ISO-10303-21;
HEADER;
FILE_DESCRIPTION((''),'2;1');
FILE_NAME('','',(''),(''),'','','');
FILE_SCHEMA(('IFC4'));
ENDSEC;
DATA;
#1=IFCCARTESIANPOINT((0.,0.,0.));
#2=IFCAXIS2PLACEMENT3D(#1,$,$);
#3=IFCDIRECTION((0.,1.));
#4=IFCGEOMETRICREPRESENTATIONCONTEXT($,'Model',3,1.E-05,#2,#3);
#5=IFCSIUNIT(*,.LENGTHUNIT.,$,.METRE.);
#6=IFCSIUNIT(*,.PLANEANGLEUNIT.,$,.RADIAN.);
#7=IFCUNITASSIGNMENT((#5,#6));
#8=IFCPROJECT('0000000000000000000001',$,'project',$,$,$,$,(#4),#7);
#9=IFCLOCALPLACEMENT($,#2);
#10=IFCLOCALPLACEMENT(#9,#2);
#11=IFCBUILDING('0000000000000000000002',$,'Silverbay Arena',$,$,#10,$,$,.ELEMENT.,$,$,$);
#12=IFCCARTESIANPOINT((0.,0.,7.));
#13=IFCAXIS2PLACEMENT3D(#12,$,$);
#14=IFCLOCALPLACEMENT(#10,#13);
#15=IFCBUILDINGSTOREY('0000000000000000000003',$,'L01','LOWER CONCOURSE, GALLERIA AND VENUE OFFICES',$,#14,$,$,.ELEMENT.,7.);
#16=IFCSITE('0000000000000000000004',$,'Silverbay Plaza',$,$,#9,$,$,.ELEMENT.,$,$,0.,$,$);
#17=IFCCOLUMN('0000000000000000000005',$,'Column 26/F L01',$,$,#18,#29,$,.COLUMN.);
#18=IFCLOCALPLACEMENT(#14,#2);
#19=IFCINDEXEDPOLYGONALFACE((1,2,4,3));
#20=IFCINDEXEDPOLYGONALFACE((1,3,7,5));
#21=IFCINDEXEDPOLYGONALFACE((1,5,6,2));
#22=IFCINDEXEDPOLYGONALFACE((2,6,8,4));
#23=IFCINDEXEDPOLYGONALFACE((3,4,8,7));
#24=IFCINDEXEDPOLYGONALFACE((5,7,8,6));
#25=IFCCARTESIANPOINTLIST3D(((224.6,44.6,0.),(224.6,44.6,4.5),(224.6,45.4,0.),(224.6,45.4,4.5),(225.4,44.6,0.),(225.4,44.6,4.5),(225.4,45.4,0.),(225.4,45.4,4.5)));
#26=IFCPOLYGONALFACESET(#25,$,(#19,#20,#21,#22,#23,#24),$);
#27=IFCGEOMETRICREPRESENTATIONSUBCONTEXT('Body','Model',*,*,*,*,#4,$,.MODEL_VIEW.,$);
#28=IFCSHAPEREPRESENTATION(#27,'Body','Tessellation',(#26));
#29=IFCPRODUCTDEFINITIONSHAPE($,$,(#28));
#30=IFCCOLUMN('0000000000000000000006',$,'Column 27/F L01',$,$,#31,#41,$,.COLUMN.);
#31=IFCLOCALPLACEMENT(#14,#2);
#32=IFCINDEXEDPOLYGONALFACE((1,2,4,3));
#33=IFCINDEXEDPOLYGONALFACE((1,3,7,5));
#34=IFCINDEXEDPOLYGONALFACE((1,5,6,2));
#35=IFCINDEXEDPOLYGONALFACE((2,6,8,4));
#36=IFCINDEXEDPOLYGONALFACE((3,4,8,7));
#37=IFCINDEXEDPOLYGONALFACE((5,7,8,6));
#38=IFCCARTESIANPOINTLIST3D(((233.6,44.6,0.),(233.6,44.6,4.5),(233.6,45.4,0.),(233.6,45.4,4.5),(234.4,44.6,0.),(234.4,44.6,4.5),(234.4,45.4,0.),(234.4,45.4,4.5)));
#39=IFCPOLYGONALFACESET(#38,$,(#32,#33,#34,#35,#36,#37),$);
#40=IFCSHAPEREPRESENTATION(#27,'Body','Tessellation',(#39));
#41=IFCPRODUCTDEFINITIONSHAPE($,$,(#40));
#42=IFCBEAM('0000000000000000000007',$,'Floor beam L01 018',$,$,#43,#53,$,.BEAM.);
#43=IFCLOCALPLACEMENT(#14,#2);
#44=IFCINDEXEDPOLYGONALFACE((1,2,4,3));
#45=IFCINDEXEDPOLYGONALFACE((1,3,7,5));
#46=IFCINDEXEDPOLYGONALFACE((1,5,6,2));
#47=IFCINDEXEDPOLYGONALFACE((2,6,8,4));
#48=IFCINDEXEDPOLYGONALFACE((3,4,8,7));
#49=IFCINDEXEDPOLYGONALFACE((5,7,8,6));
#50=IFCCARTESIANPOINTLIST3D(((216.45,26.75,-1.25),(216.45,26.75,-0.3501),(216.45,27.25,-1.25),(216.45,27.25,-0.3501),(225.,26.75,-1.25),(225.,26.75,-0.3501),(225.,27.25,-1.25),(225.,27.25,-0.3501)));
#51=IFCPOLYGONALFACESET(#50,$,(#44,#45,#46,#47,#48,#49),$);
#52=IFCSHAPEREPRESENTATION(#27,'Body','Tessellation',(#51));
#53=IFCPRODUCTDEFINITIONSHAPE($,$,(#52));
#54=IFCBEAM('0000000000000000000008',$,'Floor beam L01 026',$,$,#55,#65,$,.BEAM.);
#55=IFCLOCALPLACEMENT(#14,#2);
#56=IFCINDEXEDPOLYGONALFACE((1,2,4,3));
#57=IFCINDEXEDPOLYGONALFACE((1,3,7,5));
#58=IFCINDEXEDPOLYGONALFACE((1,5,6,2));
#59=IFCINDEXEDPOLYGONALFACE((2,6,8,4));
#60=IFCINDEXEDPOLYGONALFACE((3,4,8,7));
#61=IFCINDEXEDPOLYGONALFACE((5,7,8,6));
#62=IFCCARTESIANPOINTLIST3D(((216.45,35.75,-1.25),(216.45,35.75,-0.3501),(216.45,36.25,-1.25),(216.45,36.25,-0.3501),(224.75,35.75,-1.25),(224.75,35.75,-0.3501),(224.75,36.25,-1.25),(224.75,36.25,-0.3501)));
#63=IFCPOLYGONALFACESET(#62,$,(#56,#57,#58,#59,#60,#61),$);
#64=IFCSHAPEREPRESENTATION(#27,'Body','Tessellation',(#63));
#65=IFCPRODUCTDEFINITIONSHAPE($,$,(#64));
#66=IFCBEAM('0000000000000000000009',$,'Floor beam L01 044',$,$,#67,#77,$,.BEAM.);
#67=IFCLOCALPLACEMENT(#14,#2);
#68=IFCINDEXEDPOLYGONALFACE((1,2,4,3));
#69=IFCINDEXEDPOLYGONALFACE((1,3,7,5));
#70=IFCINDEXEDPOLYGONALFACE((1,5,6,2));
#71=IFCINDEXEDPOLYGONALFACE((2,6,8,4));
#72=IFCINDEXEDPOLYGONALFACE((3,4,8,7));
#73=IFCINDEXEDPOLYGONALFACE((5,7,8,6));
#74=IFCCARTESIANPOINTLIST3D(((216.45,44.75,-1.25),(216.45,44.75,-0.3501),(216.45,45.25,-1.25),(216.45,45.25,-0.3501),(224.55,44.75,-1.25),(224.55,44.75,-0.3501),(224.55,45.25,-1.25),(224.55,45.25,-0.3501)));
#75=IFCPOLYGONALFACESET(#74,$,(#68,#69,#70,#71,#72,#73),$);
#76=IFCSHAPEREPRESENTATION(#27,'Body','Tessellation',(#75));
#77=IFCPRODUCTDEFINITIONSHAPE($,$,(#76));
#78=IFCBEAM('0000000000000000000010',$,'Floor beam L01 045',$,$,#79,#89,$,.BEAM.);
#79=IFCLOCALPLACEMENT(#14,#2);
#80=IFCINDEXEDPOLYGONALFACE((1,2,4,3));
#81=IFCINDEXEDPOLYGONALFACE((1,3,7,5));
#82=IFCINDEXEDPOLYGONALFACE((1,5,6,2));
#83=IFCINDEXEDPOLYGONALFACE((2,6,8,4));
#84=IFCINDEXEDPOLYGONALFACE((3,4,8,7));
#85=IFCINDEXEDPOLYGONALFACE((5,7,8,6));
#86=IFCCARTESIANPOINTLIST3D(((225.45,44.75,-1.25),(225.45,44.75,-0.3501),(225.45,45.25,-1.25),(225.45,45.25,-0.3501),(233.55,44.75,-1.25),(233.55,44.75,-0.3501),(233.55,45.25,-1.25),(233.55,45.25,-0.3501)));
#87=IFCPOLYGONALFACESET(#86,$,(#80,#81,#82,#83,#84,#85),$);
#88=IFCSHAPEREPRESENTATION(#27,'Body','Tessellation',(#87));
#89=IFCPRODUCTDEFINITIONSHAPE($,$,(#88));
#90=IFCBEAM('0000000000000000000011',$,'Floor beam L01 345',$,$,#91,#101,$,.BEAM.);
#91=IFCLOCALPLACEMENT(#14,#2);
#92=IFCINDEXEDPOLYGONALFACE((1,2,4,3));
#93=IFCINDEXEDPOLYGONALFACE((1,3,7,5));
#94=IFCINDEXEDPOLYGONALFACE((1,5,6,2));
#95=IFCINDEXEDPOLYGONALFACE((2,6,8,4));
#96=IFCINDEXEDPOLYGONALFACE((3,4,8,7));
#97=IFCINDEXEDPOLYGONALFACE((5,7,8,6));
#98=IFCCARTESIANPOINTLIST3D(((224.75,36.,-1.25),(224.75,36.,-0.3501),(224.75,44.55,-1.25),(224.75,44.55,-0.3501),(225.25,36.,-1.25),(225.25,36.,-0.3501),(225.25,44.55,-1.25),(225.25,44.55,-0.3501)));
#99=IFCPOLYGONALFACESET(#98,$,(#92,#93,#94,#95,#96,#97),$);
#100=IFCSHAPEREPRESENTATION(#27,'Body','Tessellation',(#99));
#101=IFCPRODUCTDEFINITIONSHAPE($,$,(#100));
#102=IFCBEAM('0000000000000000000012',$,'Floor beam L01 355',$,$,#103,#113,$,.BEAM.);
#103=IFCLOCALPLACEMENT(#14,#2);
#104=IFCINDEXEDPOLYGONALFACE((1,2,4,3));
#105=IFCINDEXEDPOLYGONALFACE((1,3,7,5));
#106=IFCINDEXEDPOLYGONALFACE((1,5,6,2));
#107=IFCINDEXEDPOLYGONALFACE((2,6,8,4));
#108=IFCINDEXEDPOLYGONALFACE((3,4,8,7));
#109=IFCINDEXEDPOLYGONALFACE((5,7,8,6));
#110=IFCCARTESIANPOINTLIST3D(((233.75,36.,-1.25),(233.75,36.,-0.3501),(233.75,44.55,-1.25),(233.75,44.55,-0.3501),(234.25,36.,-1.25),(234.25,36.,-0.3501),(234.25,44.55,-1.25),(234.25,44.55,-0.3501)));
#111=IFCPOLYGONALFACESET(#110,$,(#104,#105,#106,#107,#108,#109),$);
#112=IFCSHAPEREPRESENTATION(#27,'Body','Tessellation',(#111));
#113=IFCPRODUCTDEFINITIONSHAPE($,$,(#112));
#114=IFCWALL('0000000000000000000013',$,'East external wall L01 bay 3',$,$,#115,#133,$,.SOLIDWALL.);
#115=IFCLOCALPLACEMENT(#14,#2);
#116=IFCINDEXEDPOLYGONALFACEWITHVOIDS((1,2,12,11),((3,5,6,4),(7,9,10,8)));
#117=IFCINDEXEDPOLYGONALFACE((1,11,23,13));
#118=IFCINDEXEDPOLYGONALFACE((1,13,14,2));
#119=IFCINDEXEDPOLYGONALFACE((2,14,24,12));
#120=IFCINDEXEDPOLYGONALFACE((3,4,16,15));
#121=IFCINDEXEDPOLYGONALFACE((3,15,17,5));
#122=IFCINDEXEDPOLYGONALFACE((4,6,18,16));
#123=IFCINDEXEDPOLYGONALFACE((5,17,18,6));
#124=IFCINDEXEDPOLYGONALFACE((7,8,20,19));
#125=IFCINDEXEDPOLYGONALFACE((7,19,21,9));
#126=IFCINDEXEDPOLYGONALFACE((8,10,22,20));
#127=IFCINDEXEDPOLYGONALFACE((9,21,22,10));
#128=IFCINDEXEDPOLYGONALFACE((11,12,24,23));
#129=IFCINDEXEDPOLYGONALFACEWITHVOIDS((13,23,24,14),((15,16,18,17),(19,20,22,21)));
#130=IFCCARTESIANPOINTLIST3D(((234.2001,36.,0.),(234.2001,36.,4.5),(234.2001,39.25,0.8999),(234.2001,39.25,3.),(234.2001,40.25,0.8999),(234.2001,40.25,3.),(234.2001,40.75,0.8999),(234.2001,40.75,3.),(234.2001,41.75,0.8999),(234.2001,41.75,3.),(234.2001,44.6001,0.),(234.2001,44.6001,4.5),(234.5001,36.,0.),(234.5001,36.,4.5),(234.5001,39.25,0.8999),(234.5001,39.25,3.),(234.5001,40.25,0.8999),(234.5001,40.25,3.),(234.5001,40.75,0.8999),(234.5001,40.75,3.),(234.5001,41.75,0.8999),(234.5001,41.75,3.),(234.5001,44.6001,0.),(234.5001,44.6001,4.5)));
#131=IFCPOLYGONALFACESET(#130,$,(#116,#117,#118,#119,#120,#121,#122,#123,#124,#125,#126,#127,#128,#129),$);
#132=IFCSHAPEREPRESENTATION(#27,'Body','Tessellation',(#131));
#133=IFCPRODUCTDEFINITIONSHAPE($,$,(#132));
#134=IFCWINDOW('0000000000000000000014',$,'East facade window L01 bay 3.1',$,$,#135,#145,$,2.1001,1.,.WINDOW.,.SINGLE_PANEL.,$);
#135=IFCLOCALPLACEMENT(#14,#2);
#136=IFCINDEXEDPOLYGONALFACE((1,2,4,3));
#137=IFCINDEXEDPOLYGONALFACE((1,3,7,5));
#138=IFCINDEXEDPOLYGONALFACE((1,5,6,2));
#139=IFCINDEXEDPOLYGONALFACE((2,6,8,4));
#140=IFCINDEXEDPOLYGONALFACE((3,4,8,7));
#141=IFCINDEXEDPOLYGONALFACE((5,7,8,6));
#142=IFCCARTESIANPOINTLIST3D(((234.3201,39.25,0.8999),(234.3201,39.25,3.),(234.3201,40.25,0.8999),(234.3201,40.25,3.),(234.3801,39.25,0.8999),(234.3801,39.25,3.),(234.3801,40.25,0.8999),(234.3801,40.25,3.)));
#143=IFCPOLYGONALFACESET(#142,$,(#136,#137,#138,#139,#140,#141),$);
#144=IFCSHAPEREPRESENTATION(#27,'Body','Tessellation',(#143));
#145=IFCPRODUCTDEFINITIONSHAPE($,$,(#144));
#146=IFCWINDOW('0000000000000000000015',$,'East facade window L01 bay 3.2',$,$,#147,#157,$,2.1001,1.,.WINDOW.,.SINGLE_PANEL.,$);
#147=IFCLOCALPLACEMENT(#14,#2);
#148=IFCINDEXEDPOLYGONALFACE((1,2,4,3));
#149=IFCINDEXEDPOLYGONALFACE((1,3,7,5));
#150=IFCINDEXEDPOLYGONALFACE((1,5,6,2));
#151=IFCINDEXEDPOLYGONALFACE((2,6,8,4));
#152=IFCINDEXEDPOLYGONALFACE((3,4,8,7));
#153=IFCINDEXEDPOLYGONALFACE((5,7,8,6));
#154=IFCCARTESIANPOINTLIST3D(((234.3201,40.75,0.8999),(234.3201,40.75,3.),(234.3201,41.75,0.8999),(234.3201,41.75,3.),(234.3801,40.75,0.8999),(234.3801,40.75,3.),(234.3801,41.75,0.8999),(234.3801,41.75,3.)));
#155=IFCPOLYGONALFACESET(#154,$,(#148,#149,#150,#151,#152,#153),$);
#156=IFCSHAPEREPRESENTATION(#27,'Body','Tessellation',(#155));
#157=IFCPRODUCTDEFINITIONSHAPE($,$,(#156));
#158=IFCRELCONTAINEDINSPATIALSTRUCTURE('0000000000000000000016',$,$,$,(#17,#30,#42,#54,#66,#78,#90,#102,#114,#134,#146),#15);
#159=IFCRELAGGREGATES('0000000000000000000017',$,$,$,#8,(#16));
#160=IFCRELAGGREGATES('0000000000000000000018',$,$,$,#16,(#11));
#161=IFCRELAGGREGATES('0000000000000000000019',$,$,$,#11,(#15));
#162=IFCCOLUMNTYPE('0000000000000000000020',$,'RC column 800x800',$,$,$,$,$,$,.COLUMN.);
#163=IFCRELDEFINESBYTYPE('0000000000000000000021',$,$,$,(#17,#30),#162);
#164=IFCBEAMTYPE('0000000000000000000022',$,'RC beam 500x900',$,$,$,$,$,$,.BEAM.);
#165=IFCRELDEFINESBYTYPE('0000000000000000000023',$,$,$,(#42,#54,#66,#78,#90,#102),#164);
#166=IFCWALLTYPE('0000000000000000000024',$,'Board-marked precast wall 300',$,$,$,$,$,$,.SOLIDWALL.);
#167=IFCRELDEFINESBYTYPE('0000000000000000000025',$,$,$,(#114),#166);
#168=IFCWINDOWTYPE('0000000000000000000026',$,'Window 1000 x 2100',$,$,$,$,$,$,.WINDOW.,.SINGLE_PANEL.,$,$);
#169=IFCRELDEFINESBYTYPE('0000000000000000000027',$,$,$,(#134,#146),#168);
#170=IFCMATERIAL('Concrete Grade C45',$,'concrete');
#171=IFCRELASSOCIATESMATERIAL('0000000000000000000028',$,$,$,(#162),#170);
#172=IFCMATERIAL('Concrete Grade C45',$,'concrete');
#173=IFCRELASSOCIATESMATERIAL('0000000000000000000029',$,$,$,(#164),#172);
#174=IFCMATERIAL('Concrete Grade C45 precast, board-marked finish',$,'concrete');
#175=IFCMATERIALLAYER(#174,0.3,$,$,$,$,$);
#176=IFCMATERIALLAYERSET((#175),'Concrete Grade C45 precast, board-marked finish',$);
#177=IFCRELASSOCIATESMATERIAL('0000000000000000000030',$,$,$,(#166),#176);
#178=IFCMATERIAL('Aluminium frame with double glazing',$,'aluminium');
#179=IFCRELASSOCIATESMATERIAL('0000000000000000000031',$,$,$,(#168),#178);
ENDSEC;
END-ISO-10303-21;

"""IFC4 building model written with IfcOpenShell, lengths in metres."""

from ifc_helpers import new_model, si_unit, direction, frame, frame_2d, origin, origin_2d, place, context, subcontext, project, spatial, rectangle, extrude, material, layer, layer_set, material_profile, profile_set, type_object, element, fill, save


model = new_model("IFC4")

# Units and contexts
model_context = context("Model", 3, precision=1e-05, world=origin(), true_north=direction((0.0, 1.0)))
body_context = subcontext(model_context, "Body", "Model", "MODEL_VIEW")
ifc_project = project(units=[si_unit("LENGTHUNIT", "METRE"), si_unit("PLANEANGLEUNIT", "RADIAN")], contexts=[model_context])

# Site, building, storey
site_placement = place(None, origin())
site = spatial("IfcSite", under=ifc_project, at=site_placement, Name="Silverbay Plaza", CompositionType="ELEMENT", RefElevation=0.0)
building_placement = place(site_placement, origin())
building = spatial("IfcBuilding", under=site, at=building_placement, Name="Silverbay Arena", CompositionType="ELEMENT")
storey_placement = place(building_placement, frame((0.0, 0.0, 7.0)))
storey = spatial("IfcBuildingStorey", under=building, at=storey_placement, Name="L01", Description="LOWER CONCOURSE, GALLERIA AND VENUE OFFICES", CompositionType="ELEMENT", Elevation=7.0)

# Columns
ifc_material_1 = material(Name="Concrete Grade C45", Category="concrete")
ifc_material_profile_1 = material_profile(ifc_material_1, rectangle(XDim=0.8, YDim=0.8, at=origin_2d()), Name="RC 800x800")
ifc_profile_set_1 = profile_set([ifc_material_profile_1], Name="Concrete Grade C45")
column_type = type_object("IfcColumnType", Name="RC column 800x800", PredefinedType="COLUMN", material=ifc_profile_set_1)
for number, where, z_axis, x_axis, name in (
    (1, (225.0, 45.0, 0.0), (0.0, 0.0, 1.0), (1.0, 0.0, 0.0), "Column 26/F L01"),
    (2, (234.0, 45.0, 0.0), (0.0, 0.0, 1.0), (1.0, 0.0, 0.0), "Column 27/F L01"),
):
    element("IfcColumn", number, at=place(storey_placement, frame(where, z_axis=z_axis, x_axis=x_axis)), inside=storey, type_object=column_type, Name=name, PredefinedType="COLUMN", context=body_context, shape_type="SweptSolid", body=[
        extrude(rectangle(XDim=0.8, YDim=0.8, at=origin_2d()), origin(), (0.0, 0.0, 1.0), 4.5),
    ])

# Beams
ifc_material_2 = material(Name="Concrete Grade C45", Category="concrete")
ifc_material_profile_2 = material_profile(ifc_material_2, rectangle(XDim=0.5, YDim=0.8999, at=origin_2d()), Name="RC 500x900")
ifc_profile_set_2 = profile_set([ifc_material_profile_2], Name="Concrete Grade C45")
beam_type = type_object("IfcBeamType", Name="RC beam 500x900", PredefinedType="BEAM", material=ifc_profile_set_2)
beam_1_placement = place(storey_placement, frame((216.45, 27.0, -0.8), z_axis=(1.0, 0.0, 0.0), x_axis=(0.0, 1.0, 0.0)))
element("IfcBeam", 3, at=beam_1_placement, inside=storey, type_object=beam_type, Name="Floor beam L01 018", PredefinedType="BEAM", context=body_context, shape_type="SweptSolid", body=[
    extrude(rectangle(XDim=0.5, YDim=0.8999, at=origin_2d()), origin(), (0.0, 0.0, 1.0), 8.55),
])
beam_2_placement = place(storey_placement, frame((216.45, 36.0, -0.8), z_axis=(1.0, 0.0, 0.0), x_axis=(0.0, 1.0, 0.0)))
element("IfcBeam", 4, at=beam_2_placement, inside=storey, type_object=beam_type, Name="Floor beam L01 026", PredefinedType="BEAM", context=body_context, shape_type="SweptSolid", body=[
    extrude(rectangle(XDim=0.5, YDim=0.8999, at=origin_2d()), origin(), (0.0, 0.0, 1.0), 8.3),
])
for number, where, z_axis, x_axis, name in (
    (5, (216.45, 45.0, -0.8), (1.0, 0.0, 0.0), (0.0, 1.0, 0.0), "Floor beam L01 044"),
    (6, (225.45, 45.0, -0.8), (1.0, 0.0, 0.0), (0.0, 1.0, 0.0), "Floor beam L01 045"),
):
    element("IfcBeam", number, at=place(storey_placement, frame(where, z_axis=z_axis, x_axis=x_axis)), inside=storey, type_object=beam_type, Name=name, PredefinedType="BEAM", context=body_context, shape_type="SweptSolid", body=[
        extrude(rectangle(XDim=0.5, YDim=0.8999, at=origin_2d()), origin(), (0.0, 0.0, 1.0), 8.1001),
    ])
for number, where, z_axis, x_axis, name in (
    (7, (225.0, 36.0, -0.8), (0.0, 1.0, 0.0), (-1.0, 0.0, 0.0), "Floor beam L01 345"),
    (8, (234.0, 36.0, -0.8), (0.0, 1.0, 0.0), (-1.0, 0.0, 0.0), "Floor beam L01 355"),
):
    element("IfcBeam", number, at=place(storey_placement, frame(where, z_axis=z_axis, x_axis=x_axis)), inside=storey, type_object=beam_type, Name=name, PredefinedType="BEAM", context=body_context, shape_type="SweptSolid", body=[
        extrude(rectangle(XDim=0.5, YDim=0.8999, at=origin_2d()), origin(), (0.0, 0.0, 1.0), 8.55),
    ])

# Wall, openings, windows
ifc_material_3 = material(Name="Concrete Grade C45 precast, board-marked finish", Category="concrete")
ifc_layer_1 = layer(ifc_material_3, 0.3)
ifc_layer_set_1 = layer_set([ifc_layer_1], Name="Concrete Grade C45 precast, board-marked finish")
wall_type_1 = type_object("IfcWallType", Name="Board-marked precast wall 300", PredefinedType="SOLIDWALL", material=ifc_layer_set_1)
wall_1_placement = place(storey_placement, frame((234.3501, 36.0, 0.0), z_axis=(0.0, 0.0, 1.0), x_axis=(0.0, 1.0, 0.0)))
wall_1 = element("IfcWall", 9, at=wall_1_placement, inside=storey, type_object=wall_type_1, Name="East external wall L01 bay 3", PredefinedType="SOLIDWALL", context=body_context, shape_type="SweptSolid", body=[
    extrude(rectangle(XDim=8.6001, YDim=0.3, at=frame_2d((4.3, 0.0))), origin(), (0.0, 0.0, 1.0), 4.5),
])
opening_1_placement = place(wall_1_placement, frame((3.25, 0.0, 0.8999)))
opening_1 = element("IfcOpeningElement", 10, at=opening_1_placement, cuts=wall_1, PredefinedType="OPENING", context=body_context, shape_type="SweptSolid", body=[
    extrude(rectangle(XDim=1.0, YDim=2.1001, at=frame_2d((0.5, 1.05))), frame((0.0, 0.1602, 0.0), z_axis=(0.0, -1.0, 0.0), x_axis=(1.0, 0.0, 0.0)), (0.0, 0.0, 1.0), 0.3201),
])
opening_2_placement = place(wall_1_placement, frame((4.75, 0.0, 0.8999)))
opening_2 = element("IfcOpeningElement", 11, at=opening_2_placement, cuts=wall_1, PredefinedType="OPENING", context=body_context, shape_type="SweptSolid", body=[
    extrude(rectangle(XDim=1.0, YDim=2.1001, at=frame_2d((0.5, 1.05))), frame((0.0, 0.1602, 0.0), z_axis=(0.0, -1.0, 0.0), x_axis=(1.0, 0.0, 0.0)), (0.0, 0.0, 1.0), 0.3201),
])
ifc_material_4 = material(Name="Aluminium frame with double glazing", Category="aluminium")
window_type = type_object("IfcWindowType", Name="Window 1000 x 2100", PartitioningType="SINGLE_PANEL", PredefinedType="WINDOW", material=ifc_material_4)
window_1_placement = place(opening_1_placement, origin())
window_1 = element("IfcWindow", 12, at=window_1_placement, inside=storey, type_object=window_type, Name="East facade window L01 bay 3.1", OverallHeight=2.1001, OverallWidth=1.0, PartitioningType="SINGLE_PANEL", PredefinedType="WINDOW", context=body_context, shape_type="SweptSolid", body=[
    extrude(rectangle(XDim=1.0, YDim=2.1001, at=frame_2d((0.5, 1.05))), frame((0.0, 0.03, 0.0), z_axis=(0.0, -1.0, 0.0), x_axis=(1.0, 0.0, 0.0)), (0.0, 0.0, 1.0), 0.0601),
])
fill(opening_1, window_1)
window_2_placement = place(opening_2_placement, origin())
window_2 = element("IfcWindow", 13, at=window_2_placement, inside=storey, type_object=window_type, Name="East facade window L01 bay 3.2", OverallHeight=2.1001, OverallWidth=1.0, PartitioningType="SINGLE_PANEL", PredefinedType="WINDOW", context=body_context, shape_type="SweptSolid", body=[
    extrude(rectangle(XDim=1.0, YDim=2.1001, at=frame_2d((0.5, 1.05))), frame((0.0, 0.03, 0.0), z_axis=(0.0, -1.0, 0.0), x_axis=(1.0, 0.0, 0.0)), (0.0, 0.0, 1.0), 0.0601),
])
fill(opening_2, window_2)

save(model, "model.ifc")
